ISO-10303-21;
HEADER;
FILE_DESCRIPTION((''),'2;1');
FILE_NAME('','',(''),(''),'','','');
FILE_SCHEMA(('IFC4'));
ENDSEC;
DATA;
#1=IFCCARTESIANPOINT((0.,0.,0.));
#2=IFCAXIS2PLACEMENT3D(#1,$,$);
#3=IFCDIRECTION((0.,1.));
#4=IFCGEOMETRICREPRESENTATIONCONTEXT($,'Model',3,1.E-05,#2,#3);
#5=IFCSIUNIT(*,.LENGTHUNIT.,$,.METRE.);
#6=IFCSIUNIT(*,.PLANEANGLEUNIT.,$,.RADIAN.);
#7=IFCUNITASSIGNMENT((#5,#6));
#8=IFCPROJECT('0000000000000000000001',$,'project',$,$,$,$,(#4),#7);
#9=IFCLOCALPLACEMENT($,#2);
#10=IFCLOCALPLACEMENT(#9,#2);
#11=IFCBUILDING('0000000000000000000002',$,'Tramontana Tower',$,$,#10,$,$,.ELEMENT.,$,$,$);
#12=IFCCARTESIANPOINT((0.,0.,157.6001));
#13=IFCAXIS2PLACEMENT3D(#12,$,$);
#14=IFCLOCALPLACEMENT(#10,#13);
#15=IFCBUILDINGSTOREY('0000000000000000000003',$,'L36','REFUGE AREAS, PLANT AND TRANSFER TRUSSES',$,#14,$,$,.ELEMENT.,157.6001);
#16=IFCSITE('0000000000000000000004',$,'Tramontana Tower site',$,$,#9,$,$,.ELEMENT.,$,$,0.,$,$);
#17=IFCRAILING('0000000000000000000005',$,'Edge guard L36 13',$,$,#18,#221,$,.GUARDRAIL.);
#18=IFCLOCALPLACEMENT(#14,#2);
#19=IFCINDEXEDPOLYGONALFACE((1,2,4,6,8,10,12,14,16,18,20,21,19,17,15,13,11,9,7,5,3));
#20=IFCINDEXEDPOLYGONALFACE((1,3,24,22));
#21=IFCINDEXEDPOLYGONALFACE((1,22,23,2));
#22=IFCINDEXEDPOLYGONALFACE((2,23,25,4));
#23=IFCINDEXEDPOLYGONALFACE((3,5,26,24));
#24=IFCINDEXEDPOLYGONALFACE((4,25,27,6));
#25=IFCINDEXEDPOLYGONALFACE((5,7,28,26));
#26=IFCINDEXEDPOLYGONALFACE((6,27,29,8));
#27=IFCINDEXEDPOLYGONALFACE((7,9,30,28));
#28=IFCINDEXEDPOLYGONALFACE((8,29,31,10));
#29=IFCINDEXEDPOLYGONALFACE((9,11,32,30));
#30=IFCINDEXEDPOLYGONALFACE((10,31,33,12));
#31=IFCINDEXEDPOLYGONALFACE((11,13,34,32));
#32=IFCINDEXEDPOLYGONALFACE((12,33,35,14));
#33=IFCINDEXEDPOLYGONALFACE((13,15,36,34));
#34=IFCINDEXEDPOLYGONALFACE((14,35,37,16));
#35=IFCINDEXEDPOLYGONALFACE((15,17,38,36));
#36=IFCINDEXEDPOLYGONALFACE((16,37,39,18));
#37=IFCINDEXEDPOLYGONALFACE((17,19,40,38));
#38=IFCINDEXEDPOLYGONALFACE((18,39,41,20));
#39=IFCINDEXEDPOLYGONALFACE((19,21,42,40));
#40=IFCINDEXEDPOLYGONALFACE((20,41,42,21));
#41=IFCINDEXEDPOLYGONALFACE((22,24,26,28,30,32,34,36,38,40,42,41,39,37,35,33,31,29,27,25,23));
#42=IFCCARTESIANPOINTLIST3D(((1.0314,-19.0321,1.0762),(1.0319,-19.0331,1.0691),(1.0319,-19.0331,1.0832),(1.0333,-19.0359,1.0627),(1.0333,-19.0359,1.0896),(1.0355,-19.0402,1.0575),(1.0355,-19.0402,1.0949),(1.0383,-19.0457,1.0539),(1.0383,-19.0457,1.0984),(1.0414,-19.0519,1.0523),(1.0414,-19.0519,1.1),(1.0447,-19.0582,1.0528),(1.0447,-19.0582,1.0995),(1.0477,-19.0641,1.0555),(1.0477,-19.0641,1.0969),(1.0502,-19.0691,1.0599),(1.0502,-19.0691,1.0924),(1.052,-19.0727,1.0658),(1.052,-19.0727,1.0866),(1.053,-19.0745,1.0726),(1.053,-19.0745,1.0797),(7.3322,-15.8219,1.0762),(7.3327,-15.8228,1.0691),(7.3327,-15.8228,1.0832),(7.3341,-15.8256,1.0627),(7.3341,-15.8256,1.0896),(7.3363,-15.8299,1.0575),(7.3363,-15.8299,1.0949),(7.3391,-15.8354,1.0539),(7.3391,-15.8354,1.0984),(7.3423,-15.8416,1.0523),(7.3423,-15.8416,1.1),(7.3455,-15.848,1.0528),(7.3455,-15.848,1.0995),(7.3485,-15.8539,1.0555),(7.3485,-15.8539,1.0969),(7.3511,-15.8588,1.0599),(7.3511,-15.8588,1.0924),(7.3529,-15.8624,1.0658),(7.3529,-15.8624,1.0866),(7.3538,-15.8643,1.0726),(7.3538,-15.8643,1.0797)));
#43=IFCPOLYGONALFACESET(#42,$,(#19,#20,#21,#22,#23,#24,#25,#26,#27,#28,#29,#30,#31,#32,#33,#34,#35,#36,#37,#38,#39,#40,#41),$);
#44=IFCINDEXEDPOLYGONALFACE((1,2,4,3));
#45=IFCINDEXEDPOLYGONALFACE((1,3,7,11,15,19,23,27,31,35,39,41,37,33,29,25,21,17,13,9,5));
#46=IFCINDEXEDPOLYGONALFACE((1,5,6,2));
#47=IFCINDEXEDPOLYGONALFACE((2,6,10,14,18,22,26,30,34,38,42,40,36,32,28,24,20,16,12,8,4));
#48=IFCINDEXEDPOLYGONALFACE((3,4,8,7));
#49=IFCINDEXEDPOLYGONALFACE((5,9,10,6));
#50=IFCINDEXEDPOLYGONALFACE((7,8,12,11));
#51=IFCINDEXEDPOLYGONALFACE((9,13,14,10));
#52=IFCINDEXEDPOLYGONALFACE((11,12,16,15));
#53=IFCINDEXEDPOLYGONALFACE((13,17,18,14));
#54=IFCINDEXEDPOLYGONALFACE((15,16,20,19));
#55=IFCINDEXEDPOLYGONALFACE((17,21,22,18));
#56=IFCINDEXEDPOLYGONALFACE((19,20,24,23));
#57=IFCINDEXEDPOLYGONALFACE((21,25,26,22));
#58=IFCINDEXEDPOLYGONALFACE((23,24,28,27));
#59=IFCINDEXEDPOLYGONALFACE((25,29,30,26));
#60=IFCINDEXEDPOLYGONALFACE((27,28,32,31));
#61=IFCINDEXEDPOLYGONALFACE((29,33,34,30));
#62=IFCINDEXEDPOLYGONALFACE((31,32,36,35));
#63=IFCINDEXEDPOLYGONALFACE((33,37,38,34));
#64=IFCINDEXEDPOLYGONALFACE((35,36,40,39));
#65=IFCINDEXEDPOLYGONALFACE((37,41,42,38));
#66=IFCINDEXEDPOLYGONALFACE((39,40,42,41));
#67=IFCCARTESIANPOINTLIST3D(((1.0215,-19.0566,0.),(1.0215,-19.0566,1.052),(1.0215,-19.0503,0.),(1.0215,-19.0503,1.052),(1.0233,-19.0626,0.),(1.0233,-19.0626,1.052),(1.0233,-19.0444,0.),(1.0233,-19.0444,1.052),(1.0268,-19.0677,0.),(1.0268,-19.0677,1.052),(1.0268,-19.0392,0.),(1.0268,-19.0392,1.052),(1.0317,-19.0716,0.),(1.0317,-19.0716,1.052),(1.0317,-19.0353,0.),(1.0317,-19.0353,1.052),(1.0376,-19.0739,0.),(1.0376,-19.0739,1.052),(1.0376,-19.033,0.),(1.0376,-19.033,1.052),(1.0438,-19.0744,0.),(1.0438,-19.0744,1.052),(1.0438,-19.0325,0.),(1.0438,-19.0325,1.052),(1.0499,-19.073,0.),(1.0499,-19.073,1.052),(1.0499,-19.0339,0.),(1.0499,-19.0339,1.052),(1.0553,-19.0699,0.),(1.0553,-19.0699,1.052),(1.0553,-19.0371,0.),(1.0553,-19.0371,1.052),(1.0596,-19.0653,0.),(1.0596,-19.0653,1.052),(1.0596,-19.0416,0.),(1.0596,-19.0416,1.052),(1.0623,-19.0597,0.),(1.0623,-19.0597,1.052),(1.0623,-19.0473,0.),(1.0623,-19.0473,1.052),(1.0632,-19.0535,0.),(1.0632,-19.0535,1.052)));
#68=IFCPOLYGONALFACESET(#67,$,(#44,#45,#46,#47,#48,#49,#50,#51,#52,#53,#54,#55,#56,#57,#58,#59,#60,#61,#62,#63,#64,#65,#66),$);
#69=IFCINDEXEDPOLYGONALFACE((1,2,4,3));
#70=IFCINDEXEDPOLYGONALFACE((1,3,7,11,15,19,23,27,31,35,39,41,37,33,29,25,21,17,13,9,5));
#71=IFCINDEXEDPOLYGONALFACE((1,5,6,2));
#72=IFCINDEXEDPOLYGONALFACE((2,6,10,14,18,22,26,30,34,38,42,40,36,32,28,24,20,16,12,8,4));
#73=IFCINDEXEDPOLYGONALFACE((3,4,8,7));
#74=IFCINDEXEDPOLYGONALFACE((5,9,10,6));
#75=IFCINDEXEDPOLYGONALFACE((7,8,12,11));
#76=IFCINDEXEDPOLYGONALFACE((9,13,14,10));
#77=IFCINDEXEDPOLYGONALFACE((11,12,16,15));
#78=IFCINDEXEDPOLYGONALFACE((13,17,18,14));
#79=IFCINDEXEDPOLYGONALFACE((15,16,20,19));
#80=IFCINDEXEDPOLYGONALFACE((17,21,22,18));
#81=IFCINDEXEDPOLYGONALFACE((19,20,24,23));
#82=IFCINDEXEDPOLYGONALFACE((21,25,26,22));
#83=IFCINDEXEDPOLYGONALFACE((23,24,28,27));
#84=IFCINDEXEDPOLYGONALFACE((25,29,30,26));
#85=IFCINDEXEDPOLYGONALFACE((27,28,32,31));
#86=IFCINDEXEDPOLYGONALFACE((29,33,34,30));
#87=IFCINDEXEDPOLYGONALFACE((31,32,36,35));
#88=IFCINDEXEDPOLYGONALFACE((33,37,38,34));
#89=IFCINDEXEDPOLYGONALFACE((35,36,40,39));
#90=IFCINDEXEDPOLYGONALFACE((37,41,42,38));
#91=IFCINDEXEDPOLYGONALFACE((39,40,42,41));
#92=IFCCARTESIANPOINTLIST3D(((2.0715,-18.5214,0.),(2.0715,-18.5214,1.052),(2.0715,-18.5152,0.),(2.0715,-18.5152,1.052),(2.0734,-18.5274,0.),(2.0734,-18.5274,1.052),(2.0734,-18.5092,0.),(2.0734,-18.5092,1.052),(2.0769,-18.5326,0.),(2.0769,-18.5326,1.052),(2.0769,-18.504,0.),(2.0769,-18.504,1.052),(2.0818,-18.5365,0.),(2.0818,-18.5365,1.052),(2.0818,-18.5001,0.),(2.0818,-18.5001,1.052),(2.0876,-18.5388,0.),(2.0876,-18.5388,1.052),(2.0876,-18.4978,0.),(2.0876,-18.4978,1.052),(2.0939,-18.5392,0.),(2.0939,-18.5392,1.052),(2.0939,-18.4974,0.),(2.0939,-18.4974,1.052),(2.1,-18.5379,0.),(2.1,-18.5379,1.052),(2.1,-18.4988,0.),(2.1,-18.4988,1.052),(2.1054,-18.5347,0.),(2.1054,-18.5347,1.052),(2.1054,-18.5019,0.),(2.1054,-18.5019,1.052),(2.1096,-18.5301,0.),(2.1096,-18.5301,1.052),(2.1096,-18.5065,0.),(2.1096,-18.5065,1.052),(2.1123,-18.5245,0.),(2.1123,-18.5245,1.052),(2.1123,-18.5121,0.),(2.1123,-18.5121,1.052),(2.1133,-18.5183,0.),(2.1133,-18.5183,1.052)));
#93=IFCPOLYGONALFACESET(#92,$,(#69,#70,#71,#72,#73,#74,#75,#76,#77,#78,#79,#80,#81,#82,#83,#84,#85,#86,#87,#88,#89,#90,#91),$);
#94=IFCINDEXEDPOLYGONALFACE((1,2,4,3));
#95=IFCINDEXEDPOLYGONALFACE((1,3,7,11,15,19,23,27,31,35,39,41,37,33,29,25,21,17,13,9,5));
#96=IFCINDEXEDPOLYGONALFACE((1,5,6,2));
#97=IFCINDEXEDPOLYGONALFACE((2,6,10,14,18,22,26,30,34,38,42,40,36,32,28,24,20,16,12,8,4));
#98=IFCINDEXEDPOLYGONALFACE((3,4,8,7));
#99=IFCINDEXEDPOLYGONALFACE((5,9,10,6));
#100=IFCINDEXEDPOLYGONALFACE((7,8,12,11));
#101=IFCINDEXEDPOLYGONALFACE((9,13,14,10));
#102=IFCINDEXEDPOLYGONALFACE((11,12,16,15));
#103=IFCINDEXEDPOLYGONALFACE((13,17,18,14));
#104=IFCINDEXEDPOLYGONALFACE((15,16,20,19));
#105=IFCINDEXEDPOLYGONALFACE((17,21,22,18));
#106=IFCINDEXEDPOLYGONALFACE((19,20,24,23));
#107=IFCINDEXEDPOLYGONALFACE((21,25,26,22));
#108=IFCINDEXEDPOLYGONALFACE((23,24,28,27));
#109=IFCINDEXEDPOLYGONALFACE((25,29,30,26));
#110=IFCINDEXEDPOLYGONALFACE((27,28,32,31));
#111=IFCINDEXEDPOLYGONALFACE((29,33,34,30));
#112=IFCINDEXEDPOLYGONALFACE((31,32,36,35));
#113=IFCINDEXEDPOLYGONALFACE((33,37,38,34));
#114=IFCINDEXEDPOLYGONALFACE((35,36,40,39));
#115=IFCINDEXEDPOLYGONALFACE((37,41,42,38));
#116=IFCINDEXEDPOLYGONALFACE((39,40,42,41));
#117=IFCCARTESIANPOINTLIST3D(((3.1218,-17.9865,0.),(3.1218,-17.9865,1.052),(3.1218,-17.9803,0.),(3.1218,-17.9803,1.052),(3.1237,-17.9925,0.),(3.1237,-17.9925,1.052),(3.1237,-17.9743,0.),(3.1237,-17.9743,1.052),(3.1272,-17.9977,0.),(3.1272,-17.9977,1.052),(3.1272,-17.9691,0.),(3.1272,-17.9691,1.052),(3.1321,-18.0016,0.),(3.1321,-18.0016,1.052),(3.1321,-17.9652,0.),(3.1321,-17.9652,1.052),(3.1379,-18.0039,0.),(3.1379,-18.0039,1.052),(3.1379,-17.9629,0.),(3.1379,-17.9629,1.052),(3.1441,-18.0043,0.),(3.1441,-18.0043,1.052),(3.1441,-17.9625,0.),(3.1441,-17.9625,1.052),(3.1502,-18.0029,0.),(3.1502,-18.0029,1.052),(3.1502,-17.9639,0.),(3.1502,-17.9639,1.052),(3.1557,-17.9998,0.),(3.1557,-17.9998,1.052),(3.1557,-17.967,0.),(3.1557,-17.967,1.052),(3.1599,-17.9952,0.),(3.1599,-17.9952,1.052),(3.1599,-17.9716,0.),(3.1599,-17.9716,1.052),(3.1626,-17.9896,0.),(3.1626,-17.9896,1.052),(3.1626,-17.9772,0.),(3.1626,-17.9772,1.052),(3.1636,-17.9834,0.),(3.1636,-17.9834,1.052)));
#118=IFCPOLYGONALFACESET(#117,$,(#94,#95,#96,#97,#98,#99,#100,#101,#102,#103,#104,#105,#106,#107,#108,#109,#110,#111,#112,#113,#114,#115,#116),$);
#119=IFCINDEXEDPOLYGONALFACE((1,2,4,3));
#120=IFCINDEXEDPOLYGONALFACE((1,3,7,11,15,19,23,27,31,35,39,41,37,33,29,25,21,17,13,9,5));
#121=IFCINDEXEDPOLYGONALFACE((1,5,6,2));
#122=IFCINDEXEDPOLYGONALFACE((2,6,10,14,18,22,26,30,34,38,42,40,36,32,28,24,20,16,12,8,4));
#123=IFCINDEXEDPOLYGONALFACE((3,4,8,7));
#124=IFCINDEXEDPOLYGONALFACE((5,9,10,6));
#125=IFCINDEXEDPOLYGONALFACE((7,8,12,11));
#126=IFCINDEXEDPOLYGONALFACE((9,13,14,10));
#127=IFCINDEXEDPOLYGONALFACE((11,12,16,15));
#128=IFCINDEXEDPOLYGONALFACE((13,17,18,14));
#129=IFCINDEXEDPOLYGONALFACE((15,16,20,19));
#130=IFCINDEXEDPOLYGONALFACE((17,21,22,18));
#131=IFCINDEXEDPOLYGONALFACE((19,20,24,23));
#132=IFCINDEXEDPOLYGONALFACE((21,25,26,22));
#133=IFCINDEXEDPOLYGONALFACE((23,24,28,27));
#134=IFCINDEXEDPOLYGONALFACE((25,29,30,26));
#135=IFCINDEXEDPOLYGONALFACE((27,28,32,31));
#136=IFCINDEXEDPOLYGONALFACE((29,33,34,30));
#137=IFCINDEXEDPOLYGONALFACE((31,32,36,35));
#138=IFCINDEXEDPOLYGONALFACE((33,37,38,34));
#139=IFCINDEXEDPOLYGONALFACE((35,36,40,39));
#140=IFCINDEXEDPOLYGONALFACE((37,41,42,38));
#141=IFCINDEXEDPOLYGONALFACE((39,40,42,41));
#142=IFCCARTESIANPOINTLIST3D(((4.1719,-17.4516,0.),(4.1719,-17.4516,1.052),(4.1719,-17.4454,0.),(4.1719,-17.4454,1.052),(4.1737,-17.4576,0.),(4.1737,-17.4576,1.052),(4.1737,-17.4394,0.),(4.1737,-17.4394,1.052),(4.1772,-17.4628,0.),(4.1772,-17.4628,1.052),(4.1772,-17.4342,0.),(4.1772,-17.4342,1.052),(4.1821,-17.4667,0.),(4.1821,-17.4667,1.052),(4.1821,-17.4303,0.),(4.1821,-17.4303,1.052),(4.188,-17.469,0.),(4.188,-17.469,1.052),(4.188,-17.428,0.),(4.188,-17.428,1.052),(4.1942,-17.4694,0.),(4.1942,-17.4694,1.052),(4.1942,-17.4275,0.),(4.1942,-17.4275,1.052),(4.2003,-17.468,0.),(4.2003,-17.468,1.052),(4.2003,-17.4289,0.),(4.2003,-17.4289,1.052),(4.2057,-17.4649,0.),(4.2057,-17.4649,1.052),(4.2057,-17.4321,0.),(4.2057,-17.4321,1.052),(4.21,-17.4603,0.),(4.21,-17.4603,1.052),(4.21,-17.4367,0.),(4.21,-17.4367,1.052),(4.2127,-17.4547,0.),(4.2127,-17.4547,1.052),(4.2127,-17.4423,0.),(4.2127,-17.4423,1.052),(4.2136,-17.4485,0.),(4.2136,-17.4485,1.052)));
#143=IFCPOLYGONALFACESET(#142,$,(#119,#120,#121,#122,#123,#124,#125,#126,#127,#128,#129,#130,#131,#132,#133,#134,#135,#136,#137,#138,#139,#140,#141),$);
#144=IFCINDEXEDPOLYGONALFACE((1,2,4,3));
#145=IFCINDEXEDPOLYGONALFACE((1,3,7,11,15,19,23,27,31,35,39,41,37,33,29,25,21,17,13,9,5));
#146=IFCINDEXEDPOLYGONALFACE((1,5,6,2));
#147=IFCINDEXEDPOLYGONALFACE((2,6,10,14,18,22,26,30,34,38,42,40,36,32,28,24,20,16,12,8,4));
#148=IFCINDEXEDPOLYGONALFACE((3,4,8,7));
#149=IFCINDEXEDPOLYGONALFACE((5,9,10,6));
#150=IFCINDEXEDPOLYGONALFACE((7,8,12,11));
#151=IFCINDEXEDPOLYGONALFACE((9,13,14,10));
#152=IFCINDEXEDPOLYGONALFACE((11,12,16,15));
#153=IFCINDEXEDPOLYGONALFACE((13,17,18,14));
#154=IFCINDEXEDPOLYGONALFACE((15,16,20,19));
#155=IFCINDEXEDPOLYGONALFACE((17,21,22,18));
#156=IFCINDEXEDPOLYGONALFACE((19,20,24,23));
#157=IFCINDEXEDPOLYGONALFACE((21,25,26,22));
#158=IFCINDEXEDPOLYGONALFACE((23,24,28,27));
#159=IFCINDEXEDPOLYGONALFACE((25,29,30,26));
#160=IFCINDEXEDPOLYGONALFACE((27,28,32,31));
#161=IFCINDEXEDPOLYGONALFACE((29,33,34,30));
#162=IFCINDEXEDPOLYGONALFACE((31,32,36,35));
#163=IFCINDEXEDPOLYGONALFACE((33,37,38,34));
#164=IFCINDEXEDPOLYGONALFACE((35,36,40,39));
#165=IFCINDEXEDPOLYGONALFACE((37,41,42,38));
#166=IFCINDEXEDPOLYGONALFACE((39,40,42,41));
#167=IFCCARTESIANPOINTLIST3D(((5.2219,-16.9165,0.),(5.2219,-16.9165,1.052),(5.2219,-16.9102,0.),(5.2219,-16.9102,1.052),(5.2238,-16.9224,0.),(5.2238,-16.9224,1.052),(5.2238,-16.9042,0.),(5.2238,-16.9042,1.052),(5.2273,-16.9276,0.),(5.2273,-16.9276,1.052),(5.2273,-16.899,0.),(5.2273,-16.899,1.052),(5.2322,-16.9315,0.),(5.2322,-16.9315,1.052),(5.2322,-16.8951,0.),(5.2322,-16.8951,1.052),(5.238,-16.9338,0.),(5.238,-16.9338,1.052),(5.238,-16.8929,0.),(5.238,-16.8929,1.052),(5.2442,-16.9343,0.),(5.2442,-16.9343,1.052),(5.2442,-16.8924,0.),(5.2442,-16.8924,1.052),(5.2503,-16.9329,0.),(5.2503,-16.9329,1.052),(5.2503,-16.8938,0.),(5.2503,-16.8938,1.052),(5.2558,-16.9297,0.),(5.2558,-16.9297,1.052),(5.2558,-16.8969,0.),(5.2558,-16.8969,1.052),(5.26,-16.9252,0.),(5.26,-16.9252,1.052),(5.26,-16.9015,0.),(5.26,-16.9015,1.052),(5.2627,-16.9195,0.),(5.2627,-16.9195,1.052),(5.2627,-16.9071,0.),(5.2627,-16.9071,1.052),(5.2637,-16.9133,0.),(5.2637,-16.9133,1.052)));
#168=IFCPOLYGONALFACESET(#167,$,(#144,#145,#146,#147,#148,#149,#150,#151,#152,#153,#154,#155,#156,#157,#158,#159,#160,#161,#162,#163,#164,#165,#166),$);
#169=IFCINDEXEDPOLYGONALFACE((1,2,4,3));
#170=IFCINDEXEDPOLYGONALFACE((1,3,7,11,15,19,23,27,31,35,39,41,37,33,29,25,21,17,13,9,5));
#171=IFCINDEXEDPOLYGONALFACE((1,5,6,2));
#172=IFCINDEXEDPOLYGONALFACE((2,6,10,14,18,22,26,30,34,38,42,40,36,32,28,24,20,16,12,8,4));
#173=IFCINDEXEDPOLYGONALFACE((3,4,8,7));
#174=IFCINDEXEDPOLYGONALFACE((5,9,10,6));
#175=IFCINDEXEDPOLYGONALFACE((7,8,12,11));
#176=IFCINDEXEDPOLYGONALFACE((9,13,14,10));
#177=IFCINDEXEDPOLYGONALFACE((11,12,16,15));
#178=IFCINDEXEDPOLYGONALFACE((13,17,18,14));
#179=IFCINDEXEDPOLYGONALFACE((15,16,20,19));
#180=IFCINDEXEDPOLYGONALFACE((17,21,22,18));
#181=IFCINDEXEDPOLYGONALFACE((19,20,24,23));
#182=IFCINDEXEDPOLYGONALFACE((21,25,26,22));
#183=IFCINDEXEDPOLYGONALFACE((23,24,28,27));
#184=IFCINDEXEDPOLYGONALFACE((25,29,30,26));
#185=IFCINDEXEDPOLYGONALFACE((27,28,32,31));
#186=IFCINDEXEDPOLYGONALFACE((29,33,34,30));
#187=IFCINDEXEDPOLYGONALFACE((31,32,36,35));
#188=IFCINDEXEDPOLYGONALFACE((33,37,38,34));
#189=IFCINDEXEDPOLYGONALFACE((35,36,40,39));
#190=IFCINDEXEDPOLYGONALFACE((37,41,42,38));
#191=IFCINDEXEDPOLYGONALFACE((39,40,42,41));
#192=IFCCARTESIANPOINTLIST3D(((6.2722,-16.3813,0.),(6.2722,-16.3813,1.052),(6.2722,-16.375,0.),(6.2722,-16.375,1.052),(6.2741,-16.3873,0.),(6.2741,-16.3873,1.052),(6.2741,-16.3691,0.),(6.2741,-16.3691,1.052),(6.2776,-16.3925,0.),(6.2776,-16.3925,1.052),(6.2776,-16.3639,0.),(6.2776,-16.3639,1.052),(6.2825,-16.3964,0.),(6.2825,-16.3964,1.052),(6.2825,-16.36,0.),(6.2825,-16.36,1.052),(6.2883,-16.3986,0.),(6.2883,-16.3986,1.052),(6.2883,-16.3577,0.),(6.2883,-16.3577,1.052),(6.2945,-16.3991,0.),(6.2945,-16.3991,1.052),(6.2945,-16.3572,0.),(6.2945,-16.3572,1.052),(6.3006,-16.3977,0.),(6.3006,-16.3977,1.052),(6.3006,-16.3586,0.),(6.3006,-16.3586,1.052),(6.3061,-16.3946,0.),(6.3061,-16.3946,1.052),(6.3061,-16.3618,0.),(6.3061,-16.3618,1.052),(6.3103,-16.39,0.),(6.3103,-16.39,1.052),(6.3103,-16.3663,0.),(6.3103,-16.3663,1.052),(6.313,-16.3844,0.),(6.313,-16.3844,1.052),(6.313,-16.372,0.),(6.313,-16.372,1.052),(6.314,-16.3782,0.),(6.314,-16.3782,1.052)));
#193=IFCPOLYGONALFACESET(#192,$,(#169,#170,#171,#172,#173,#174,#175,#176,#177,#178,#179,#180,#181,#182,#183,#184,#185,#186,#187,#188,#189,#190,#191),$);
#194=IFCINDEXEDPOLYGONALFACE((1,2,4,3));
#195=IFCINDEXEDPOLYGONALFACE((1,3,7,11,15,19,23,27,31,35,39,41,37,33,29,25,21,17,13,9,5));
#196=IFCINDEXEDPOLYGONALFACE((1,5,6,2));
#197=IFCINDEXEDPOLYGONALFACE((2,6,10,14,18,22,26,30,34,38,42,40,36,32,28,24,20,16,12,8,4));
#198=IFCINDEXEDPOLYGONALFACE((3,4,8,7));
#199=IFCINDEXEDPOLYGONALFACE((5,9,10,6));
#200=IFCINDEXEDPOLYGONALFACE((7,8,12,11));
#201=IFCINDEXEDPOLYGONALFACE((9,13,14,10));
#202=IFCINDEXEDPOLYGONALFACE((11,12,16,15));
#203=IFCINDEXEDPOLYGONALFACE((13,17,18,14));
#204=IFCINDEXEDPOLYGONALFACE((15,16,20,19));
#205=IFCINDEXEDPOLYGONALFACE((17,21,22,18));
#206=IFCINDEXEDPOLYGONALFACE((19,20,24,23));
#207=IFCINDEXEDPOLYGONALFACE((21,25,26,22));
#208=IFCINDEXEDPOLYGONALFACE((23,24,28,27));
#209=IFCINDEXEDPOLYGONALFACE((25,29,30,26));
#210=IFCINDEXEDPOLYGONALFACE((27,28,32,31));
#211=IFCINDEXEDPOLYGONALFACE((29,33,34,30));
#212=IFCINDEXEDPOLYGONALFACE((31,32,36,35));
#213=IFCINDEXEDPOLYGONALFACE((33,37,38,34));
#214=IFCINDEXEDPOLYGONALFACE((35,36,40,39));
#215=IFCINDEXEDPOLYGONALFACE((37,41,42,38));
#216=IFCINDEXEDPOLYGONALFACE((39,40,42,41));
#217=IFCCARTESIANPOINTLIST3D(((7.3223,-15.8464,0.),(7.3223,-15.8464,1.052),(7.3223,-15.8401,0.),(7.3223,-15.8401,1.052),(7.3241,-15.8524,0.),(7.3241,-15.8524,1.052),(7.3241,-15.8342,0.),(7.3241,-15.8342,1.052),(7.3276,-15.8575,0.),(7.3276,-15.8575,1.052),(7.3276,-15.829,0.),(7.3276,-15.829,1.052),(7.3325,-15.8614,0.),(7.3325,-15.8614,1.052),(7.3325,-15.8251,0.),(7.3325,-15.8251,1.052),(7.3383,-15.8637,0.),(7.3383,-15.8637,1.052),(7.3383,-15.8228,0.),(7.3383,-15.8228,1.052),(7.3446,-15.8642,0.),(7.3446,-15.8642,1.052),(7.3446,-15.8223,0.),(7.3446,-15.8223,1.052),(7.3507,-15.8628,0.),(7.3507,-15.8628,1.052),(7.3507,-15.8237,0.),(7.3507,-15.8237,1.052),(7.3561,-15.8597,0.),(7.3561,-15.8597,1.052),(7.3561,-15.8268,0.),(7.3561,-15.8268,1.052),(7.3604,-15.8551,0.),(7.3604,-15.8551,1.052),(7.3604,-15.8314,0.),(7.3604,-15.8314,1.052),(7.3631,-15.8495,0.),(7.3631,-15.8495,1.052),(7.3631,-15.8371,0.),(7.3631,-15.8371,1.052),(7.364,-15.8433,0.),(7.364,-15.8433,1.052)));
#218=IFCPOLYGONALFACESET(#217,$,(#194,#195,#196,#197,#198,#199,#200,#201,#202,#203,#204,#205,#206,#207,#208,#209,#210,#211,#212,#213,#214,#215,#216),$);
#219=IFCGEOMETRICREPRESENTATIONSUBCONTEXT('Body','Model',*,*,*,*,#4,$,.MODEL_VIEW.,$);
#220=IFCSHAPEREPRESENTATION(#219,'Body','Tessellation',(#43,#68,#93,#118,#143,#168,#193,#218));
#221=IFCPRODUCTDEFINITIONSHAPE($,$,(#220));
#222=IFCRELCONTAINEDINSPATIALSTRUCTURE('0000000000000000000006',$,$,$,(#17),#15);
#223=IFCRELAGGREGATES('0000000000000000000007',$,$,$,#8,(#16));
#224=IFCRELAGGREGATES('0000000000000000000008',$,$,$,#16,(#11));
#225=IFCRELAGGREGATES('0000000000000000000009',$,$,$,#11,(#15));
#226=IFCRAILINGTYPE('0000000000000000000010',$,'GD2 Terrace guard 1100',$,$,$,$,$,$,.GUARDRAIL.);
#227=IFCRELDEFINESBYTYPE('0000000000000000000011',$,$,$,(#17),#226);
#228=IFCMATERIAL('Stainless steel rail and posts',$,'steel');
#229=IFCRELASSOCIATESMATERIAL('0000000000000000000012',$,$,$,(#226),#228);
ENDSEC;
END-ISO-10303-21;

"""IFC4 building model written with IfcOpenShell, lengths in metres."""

from ifc_helpers import new_model, si_unit, direction, frame, origin, origin_2d, place, context, subcontext, project, spatial, circle, extrude, material, type_object, element, save


model = new_model("IFC4")

# Units and contexts
model_context = context("Model", 3, precision=1e-05, world=origin(), true_north=direction((0.0, 1.0)))
body_context = subcontext(model_context, "Body", "Model", "MODEL_VIEW")
ifc_project = project(units=[si_unit("LENGTHUNIT", "METRE"), si_unit("PLANEANGLEUNIT", "RADIAN")], contexts=[model_context])

# Site, building, storey
site_placement = place(None, origin())
site = spatial("IfcSite", under=ifc_project, at=site_placement, Name="Tramontana Tower site", CompositionType="ELEMENT", RefElevation=0.0)
building_placement = place(site_placement, origin())
building = spatial("IfcBuilding", under=site, at=building_placement, Name="Tramontana Tower", CompositionType="ELEMENT")
storey_placement = place(building_placement, frame((0.0, 0.0, 157.6001)))
storey = spatial("IfcBuildingStorey", under=building, at=storey_placement, Name="L36", Description="REFUGE AREAS, PLANT AND TRANSFER TRUSSES", CompositionType="ELEMENT", Elevation=157.6001)

# Railing
ifc_material_1 = material(Name="Stainless steel rail and posts", Category="steel")
railing_type_1 = type_object("IfcRailingType", Name="GD2 Terrace guard 1100", PredefinedType="GUARDRAIL", material=ifc_material_1)
railing_1_placement = place(storey_placement, frame((1.0422, -19.0535, 0.0)))
element("IfcRailing", 1, at=railing_1_placement, inside=storey, type_object=railing_type_1, Name="Edge guard L36 13", PredefinedType="GUARDRAIL", context=body_context, shape_type="SweptSolid", body=[
    extrude(circle(Radius=0.0239, at=origin_2d()), frame((0.0, 0.0, 1.0762), z_axis=(0.891018, 0.453968, 0.0), x_axis=(-0.453968, 0.891018, 0.0)), (0.0, 0.0, 1.0), 7.0715),
    extrude(circle(Radius=0.021, at=origin_2d()), origin(), (0.0, 0.0, 1.0), 1.052),
    extrude(circle(Radius=0.021, at=origin_2d()), frame((1.05, 0.5352, 0.0)), (0.0, 0.0, 1.0), 1.052),
    extrude(circle(Radius=0.021, at=origin_2d()), frame((2.1003, 1.0701, 0.0)), (0.0, 0.0, 1.0), 1.052),
    extrude(circle(Radius=0.021, at=origin_2d()), frame((3.1504, 1.605, 0.0)), (0.0, 0.0, 1.0), 1.052),
    extrude(circle(Radius=0.021, at=origin_2d()), frame((4.2004, 2.1401, 0.0)), (0.0, 0.0, 1.0), 1.052),
    extrude(circle(Radius=0.021, at=origin_2d()), frame((5.2507, 2.6753, 0.0)), (0.0, 0.0, 1.0), 1.052),
    extrude(circle(Radius=0.021, at=origin_2d()), frame((6.3008, 3.2102, 0.0)), (0.0, 0.0, 1.0), 1.052),
])

save(model, "model.ifc")
